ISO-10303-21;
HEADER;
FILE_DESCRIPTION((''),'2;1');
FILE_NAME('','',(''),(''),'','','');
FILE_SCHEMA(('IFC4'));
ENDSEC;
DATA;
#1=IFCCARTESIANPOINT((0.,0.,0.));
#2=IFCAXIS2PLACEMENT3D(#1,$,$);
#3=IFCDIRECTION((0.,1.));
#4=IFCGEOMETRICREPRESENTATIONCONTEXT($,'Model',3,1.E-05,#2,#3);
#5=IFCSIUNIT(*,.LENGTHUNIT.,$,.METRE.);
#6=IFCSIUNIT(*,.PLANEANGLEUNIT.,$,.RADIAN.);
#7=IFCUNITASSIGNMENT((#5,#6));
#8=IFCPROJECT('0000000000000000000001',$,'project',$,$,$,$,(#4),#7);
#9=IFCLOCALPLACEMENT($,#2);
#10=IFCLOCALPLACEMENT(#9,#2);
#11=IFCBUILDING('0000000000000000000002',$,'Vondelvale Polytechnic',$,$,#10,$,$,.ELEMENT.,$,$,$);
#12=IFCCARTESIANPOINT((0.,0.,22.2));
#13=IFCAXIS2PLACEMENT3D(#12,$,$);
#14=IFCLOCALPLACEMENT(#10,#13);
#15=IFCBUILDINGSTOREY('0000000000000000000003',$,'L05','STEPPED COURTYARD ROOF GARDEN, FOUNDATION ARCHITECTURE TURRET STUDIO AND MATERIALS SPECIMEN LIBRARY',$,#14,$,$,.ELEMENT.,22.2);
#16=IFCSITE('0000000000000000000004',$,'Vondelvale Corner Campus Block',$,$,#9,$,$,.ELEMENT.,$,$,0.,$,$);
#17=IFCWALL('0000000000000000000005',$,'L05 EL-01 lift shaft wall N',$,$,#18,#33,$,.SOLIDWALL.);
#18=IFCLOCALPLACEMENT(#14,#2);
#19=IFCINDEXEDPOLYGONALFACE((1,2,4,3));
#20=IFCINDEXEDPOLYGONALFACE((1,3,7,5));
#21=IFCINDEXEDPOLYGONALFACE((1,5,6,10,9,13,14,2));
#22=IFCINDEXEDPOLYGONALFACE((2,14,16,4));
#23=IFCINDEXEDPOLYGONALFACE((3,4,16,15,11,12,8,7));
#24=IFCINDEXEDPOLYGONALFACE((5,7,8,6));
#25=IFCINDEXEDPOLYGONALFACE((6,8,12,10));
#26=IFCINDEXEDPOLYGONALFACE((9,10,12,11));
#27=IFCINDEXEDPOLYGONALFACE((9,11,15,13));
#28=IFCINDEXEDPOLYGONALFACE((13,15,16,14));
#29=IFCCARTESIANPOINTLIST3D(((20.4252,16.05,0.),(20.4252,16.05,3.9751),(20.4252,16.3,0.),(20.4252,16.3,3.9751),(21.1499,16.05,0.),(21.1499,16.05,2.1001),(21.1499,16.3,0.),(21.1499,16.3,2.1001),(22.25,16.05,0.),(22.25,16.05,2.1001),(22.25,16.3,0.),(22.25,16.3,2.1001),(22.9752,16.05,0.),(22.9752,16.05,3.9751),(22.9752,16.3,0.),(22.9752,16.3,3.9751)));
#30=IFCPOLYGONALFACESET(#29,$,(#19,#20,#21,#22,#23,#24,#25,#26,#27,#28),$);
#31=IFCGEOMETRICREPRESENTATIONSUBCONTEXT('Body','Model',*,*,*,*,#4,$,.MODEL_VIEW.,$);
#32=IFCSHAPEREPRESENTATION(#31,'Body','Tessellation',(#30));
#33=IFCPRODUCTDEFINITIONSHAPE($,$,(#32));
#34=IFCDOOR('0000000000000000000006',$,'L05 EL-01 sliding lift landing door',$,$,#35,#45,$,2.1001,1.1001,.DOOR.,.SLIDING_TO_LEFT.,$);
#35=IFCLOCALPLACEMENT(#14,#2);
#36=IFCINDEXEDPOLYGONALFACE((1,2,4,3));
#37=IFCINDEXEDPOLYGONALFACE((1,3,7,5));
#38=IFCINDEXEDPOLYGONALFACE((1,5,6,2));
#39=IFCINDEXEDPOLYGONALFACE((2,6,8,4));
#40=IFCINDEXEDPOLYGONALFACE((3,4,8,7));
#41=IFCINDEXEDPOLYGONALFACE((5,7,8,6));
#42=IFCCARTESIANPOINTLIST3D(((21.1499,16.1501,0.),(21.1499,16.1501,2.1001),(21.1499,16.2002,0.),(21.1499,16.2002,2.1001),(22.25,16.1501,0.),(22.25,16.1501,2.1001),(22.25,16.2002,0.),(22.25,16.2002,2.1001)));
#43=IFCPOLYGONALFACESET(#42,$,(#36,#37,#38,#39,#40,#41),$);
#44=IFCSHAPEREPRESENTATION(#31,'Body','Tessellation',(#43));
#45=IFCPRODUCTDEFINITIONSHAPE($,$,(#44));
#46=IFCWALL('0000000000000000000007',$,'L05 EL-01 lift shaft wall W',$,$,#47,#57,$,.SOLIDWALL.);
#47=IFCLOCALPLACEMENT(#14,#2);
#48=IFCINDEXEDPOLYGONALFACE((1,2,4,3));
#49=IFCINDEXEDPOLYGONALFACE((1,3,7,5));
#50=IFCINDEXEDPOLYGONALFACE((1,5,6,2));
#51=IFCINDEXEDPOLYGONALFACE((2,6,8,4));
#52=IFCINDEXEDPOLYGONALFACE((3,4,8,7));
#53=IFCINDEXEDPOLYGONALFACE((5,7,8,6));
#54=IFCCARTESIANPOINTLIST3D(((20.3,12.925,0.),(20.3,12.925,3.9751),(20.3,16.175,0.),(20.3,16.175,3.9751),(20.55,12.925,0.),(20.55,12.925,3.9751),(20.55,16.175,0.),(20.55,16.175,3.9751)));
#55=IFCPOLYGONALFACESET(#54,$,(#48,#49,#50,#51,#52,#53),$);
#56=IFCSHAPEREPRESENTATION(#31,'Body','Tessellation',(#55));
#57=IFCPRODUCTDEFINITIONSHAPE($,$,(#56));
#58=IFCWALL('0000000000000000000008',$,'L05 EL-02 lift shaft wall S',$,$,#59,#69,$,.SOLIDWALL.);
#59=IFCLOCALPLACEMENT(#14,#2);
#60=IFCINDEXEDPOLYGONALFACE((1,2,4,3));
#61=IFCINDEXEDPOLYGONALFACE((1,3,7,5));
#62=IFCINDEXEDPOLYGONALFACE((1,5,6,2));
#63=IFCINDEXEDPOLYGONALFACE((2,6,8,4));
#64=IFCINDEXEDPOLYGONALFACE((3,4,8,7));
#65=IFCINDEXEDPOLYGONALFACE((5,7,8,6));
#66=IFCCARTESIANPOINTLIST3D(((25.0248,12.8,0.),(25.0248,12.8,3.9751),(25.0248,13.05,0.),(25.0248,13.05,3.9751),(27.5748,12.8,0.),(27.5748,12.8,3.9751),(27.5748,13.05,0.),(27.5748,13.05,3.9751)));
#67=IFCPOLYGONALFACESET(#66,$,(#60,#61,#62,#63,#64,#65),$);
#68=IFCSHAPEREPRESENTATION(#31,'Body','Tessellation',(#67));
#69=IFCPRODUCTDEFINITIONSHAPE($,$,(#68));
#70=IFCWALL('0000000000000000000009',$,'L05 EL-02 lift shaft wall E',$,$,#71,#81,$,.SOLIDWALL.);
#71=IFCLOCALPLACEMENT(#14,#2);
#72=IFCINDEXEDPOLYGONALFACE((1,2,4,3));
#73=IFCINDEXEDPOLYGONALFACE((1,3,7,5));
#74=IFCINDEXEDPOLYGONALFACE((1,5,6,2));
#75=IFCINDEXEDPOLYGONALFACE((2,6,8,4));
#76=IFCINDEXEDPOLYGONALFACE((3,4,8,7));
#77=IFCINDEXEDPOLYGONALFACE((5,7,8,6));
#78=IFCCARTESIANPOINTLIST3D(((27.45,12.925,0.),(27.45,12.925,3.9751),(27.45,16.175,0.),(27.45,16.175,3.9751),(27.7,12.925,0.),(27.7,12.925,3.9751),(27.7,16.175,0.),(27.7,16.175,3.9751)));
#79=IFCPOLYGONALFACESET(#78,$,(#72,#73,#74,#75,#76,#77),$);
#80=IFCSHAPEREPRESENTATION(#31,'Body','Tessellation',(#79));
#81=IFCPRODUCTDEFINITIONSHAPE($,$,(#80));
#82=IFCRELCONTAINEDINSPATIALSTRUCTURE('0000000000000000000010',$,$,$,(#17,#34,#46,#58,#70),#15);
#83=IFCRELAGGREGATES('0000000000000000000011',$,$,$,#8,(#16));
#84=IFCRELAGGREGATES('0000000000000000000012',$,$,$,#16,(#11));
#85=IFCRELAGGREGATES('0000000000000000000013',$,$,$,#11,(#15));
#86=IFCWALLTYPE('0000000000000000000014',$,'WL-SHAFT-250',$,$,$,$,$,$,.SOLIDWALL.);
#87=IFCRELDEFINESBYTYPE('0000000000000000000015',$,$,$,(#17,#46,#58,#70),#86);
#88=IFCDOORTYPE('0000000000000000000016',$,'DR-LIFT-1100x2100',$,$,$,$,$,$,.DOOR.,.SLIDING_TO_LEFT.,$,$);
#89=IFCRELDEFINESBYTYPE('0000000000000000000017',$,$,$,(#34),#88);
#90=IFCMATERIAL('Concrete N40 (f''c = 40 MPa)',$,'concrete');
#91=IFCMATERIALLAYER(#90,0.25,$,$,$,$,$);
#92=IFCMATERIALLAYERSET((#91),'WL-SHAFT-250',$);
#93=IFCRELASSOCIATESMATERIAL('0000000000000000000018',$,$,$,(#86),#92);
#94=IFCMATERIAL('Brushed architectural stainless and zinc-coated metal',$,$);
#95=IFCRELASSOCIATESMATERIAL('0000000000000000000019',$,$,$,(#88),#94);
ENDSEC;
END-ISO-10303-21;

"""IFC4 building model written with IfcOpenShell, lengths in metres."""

from ifc_helpers import new_model, si_unit, direction, frame, frame_2d, origin, place, context, subcontext, project, spatial, rectangle, extrude, material, layer, layer_set, type_object, element, fill, save


model = new_model("IFC4")

# Units and contexts
model_context = context("Model", 3, precision=1e-05, world=origin(), true_north=direction((0.0, 1.0)))
body_context = subcontext(model_context, "Body", "Model", "MODEL_VIEW")
ifc_project = project(units=[si_unit("LENGTHUNIT", "METRE"), si_unit("PLANEANGLEUNIT", "RADIAN")], contexts=[model_context])

# Site, building, storey
site_placement = place(None, origin())
site = spatial("IfcSite", under=ifc_project, at=site_placement, Name="Vondelvale Corner Campus Block", CompositionType="ELEMENT", RefElevation=0.0)
building_placement = place(site_placement, origin())
building = spatial("IfcBuilding", under=site, at=building_placement, Name="Vondelvale Polytechnic", CompositionType="ELEMENT")
storey_placement = place(building_placement, frame((0.0, 0.0, 22.2)))
storey = spatial("IfcBuildingStorey", under=building, at=storey_placement, Name="L05", Description="STEPPED COURTYARD ROOF GARDEN, FOUNDATION ARCHITECTURE TURRET STUDIO AND MATERIALS SPECIMEN LIBRARY", CompositionType="ELEMENT", Elevation=22.2)

# Shared definitions
ifc_material_1 = material(Name="Concrete N40 (f'c = 40 MPa)", Category="concrete")

# Shared definitions
ifc_layer_1 = layer(ifc_material_1, 0.25)
ifc_layer_set_1 = layer_set([ifc_layer_1], Name="WL-SHAFT-250")
wall_type_1 = type_object("IfcWallType", Name="WL-SHAFT-250", PredefinedType="SOLIDWALL", material=ifc_layer_set_1)

# Wall, opening, door
wall_1_placement = place(storey_placement, frame((22.9751, 16.175, 0.0), z_axis=(0.0, 0.0, 1.0), x_axis=(-1.0, 0.0, 0.0)))
wall_1 = element("IfcWall", 1, at=wall_1_placement, inside=storey, type_object=wall_type_1, Name="L05 EL-01 lift shaft wall N", PredefinedType="SOLIDWALL", context=body_context, shape_type="SweptSolid", body=[
    extrude(rectangle(XDim=2.55, YDim=0.25, at=frame_2d((1.2749, 0.0))), origin(), (0.0, 0.0, 1.0), 3.9751),
])
opening_placement = place(wall_1_placement, frame((0.7251, 0.0, 0.0)))
opening = element("IfcOpeningElement", 2, at=opening_placement, cuts=wall_1, PredefinedType="OPENING", context=body_context, shape_type="SweptSolid", body=[
    extrude(rectangle(XDim=1.1001, YDim=2.1001, at=frame_2d((0.55, 1.05))), frame((0.0, 0.135, 0.0), z_axis=(0.0, -1.0, 0.0), x_axis=(1.0, 0.0, 0.0)), (0.0, 0.0, 1.0), 0.27),
])
ifc_material_2 = material(Name="Brushed architectural stainless and zinc-coated metal")
door_type = type_object("IfcDoorType", Name="DR-LIFT-1100x2100", OperationType="SLIDING_TO_LEFT", PredefinedType="DOOR", material=ifc_material_2)
door_placement = place(opening_placement, origin())
door = element("IfcDoor", 3, at=door_placement, inside=storey, type_object=door_type, Name="L05 EL-01 sliding lift landing door", OperationType="SLIDING_TO_LEFT", OverallHeight=2.1001, OverallWidth=1.1001, PredefinedType="DOOR", context=body_context, shape_type="SweptSolid", body=[
    extrude(rectangle(XDim=1.1001, YDim=2.1001, at=frame_2d((0.55, 1.05))), frame((0.0, 0.0249, 0.0), z_axis=(0.0, -1.0, 0.0), x_axis=(1.0, 0.0, 0.0)), (0.0, 0.0, 1.0), 0.05),
])
fill(opening, door)

# Walls
wall_2_placement = place(storey_placement, frame((20.425, 16.175, 0.0), z_axis=(0.0, 0.0, 1.0), x_axis=(0.0, -1.0, 0.0)))
element("IfcWall", 4, at=wall_2_placement, inside=storey, type_object=wall_type_1, Name="L05 EL-01 lift shaft wall W", PredefinedType="SOLIDWALL", context=body_context, shape_type="SweptSolid", body=[
    extrude(rectangle(XDim=3.25, YDim=0.25, at=frame_2d((1.625, 0.0))), origin(), (0.0, 0.0, 1.0), 3.9751),
])
wall_3_placement = place(storey_placement, frame((25.0249, 12.925, 0.0), z_axis=(0.0, 0.0, 1.0), x_axis=(1.0, 0.0, 0.0)))
element("IfcWall", 5, at=wall_3_placement, inside=storey, type_object=wall_type_1, Name="L05 EL-02 lift shaft wall S", PredefinedType="SOLIDWALL", context=body_context, shape_type="SweptSolid", body=[
    extrude(rectangle(XDim=2.55, YDim=0.25, at=frame_2d((1.2749, 0.0))), origin(), (0.0, 0.0, 1.0), 3.9751),
])
wall_4_placement = place(storey_placement, frame((27.575, 12.925, 0.0), z_axis=(0.0, 0.0, 1.0), x_axis=(0.0, 1.0, 0.0)))
element("IfcWall", 6, at=wall_4_placement, inside=storey, type_object=wall_type_1, Name="L05 EL-02 lift shaft wall E", PredefinedType="SOLIDWALL", context=body_context, shape_type="SweptSolid", body=[
    extrude(rectangle(XDim=3.25, YDim=0.25, at=frame_2d((1.625, 0.0))), origin(), (0.0, 0.0, 1.0), 3.9751),
])

save(model, "model.ifc")
